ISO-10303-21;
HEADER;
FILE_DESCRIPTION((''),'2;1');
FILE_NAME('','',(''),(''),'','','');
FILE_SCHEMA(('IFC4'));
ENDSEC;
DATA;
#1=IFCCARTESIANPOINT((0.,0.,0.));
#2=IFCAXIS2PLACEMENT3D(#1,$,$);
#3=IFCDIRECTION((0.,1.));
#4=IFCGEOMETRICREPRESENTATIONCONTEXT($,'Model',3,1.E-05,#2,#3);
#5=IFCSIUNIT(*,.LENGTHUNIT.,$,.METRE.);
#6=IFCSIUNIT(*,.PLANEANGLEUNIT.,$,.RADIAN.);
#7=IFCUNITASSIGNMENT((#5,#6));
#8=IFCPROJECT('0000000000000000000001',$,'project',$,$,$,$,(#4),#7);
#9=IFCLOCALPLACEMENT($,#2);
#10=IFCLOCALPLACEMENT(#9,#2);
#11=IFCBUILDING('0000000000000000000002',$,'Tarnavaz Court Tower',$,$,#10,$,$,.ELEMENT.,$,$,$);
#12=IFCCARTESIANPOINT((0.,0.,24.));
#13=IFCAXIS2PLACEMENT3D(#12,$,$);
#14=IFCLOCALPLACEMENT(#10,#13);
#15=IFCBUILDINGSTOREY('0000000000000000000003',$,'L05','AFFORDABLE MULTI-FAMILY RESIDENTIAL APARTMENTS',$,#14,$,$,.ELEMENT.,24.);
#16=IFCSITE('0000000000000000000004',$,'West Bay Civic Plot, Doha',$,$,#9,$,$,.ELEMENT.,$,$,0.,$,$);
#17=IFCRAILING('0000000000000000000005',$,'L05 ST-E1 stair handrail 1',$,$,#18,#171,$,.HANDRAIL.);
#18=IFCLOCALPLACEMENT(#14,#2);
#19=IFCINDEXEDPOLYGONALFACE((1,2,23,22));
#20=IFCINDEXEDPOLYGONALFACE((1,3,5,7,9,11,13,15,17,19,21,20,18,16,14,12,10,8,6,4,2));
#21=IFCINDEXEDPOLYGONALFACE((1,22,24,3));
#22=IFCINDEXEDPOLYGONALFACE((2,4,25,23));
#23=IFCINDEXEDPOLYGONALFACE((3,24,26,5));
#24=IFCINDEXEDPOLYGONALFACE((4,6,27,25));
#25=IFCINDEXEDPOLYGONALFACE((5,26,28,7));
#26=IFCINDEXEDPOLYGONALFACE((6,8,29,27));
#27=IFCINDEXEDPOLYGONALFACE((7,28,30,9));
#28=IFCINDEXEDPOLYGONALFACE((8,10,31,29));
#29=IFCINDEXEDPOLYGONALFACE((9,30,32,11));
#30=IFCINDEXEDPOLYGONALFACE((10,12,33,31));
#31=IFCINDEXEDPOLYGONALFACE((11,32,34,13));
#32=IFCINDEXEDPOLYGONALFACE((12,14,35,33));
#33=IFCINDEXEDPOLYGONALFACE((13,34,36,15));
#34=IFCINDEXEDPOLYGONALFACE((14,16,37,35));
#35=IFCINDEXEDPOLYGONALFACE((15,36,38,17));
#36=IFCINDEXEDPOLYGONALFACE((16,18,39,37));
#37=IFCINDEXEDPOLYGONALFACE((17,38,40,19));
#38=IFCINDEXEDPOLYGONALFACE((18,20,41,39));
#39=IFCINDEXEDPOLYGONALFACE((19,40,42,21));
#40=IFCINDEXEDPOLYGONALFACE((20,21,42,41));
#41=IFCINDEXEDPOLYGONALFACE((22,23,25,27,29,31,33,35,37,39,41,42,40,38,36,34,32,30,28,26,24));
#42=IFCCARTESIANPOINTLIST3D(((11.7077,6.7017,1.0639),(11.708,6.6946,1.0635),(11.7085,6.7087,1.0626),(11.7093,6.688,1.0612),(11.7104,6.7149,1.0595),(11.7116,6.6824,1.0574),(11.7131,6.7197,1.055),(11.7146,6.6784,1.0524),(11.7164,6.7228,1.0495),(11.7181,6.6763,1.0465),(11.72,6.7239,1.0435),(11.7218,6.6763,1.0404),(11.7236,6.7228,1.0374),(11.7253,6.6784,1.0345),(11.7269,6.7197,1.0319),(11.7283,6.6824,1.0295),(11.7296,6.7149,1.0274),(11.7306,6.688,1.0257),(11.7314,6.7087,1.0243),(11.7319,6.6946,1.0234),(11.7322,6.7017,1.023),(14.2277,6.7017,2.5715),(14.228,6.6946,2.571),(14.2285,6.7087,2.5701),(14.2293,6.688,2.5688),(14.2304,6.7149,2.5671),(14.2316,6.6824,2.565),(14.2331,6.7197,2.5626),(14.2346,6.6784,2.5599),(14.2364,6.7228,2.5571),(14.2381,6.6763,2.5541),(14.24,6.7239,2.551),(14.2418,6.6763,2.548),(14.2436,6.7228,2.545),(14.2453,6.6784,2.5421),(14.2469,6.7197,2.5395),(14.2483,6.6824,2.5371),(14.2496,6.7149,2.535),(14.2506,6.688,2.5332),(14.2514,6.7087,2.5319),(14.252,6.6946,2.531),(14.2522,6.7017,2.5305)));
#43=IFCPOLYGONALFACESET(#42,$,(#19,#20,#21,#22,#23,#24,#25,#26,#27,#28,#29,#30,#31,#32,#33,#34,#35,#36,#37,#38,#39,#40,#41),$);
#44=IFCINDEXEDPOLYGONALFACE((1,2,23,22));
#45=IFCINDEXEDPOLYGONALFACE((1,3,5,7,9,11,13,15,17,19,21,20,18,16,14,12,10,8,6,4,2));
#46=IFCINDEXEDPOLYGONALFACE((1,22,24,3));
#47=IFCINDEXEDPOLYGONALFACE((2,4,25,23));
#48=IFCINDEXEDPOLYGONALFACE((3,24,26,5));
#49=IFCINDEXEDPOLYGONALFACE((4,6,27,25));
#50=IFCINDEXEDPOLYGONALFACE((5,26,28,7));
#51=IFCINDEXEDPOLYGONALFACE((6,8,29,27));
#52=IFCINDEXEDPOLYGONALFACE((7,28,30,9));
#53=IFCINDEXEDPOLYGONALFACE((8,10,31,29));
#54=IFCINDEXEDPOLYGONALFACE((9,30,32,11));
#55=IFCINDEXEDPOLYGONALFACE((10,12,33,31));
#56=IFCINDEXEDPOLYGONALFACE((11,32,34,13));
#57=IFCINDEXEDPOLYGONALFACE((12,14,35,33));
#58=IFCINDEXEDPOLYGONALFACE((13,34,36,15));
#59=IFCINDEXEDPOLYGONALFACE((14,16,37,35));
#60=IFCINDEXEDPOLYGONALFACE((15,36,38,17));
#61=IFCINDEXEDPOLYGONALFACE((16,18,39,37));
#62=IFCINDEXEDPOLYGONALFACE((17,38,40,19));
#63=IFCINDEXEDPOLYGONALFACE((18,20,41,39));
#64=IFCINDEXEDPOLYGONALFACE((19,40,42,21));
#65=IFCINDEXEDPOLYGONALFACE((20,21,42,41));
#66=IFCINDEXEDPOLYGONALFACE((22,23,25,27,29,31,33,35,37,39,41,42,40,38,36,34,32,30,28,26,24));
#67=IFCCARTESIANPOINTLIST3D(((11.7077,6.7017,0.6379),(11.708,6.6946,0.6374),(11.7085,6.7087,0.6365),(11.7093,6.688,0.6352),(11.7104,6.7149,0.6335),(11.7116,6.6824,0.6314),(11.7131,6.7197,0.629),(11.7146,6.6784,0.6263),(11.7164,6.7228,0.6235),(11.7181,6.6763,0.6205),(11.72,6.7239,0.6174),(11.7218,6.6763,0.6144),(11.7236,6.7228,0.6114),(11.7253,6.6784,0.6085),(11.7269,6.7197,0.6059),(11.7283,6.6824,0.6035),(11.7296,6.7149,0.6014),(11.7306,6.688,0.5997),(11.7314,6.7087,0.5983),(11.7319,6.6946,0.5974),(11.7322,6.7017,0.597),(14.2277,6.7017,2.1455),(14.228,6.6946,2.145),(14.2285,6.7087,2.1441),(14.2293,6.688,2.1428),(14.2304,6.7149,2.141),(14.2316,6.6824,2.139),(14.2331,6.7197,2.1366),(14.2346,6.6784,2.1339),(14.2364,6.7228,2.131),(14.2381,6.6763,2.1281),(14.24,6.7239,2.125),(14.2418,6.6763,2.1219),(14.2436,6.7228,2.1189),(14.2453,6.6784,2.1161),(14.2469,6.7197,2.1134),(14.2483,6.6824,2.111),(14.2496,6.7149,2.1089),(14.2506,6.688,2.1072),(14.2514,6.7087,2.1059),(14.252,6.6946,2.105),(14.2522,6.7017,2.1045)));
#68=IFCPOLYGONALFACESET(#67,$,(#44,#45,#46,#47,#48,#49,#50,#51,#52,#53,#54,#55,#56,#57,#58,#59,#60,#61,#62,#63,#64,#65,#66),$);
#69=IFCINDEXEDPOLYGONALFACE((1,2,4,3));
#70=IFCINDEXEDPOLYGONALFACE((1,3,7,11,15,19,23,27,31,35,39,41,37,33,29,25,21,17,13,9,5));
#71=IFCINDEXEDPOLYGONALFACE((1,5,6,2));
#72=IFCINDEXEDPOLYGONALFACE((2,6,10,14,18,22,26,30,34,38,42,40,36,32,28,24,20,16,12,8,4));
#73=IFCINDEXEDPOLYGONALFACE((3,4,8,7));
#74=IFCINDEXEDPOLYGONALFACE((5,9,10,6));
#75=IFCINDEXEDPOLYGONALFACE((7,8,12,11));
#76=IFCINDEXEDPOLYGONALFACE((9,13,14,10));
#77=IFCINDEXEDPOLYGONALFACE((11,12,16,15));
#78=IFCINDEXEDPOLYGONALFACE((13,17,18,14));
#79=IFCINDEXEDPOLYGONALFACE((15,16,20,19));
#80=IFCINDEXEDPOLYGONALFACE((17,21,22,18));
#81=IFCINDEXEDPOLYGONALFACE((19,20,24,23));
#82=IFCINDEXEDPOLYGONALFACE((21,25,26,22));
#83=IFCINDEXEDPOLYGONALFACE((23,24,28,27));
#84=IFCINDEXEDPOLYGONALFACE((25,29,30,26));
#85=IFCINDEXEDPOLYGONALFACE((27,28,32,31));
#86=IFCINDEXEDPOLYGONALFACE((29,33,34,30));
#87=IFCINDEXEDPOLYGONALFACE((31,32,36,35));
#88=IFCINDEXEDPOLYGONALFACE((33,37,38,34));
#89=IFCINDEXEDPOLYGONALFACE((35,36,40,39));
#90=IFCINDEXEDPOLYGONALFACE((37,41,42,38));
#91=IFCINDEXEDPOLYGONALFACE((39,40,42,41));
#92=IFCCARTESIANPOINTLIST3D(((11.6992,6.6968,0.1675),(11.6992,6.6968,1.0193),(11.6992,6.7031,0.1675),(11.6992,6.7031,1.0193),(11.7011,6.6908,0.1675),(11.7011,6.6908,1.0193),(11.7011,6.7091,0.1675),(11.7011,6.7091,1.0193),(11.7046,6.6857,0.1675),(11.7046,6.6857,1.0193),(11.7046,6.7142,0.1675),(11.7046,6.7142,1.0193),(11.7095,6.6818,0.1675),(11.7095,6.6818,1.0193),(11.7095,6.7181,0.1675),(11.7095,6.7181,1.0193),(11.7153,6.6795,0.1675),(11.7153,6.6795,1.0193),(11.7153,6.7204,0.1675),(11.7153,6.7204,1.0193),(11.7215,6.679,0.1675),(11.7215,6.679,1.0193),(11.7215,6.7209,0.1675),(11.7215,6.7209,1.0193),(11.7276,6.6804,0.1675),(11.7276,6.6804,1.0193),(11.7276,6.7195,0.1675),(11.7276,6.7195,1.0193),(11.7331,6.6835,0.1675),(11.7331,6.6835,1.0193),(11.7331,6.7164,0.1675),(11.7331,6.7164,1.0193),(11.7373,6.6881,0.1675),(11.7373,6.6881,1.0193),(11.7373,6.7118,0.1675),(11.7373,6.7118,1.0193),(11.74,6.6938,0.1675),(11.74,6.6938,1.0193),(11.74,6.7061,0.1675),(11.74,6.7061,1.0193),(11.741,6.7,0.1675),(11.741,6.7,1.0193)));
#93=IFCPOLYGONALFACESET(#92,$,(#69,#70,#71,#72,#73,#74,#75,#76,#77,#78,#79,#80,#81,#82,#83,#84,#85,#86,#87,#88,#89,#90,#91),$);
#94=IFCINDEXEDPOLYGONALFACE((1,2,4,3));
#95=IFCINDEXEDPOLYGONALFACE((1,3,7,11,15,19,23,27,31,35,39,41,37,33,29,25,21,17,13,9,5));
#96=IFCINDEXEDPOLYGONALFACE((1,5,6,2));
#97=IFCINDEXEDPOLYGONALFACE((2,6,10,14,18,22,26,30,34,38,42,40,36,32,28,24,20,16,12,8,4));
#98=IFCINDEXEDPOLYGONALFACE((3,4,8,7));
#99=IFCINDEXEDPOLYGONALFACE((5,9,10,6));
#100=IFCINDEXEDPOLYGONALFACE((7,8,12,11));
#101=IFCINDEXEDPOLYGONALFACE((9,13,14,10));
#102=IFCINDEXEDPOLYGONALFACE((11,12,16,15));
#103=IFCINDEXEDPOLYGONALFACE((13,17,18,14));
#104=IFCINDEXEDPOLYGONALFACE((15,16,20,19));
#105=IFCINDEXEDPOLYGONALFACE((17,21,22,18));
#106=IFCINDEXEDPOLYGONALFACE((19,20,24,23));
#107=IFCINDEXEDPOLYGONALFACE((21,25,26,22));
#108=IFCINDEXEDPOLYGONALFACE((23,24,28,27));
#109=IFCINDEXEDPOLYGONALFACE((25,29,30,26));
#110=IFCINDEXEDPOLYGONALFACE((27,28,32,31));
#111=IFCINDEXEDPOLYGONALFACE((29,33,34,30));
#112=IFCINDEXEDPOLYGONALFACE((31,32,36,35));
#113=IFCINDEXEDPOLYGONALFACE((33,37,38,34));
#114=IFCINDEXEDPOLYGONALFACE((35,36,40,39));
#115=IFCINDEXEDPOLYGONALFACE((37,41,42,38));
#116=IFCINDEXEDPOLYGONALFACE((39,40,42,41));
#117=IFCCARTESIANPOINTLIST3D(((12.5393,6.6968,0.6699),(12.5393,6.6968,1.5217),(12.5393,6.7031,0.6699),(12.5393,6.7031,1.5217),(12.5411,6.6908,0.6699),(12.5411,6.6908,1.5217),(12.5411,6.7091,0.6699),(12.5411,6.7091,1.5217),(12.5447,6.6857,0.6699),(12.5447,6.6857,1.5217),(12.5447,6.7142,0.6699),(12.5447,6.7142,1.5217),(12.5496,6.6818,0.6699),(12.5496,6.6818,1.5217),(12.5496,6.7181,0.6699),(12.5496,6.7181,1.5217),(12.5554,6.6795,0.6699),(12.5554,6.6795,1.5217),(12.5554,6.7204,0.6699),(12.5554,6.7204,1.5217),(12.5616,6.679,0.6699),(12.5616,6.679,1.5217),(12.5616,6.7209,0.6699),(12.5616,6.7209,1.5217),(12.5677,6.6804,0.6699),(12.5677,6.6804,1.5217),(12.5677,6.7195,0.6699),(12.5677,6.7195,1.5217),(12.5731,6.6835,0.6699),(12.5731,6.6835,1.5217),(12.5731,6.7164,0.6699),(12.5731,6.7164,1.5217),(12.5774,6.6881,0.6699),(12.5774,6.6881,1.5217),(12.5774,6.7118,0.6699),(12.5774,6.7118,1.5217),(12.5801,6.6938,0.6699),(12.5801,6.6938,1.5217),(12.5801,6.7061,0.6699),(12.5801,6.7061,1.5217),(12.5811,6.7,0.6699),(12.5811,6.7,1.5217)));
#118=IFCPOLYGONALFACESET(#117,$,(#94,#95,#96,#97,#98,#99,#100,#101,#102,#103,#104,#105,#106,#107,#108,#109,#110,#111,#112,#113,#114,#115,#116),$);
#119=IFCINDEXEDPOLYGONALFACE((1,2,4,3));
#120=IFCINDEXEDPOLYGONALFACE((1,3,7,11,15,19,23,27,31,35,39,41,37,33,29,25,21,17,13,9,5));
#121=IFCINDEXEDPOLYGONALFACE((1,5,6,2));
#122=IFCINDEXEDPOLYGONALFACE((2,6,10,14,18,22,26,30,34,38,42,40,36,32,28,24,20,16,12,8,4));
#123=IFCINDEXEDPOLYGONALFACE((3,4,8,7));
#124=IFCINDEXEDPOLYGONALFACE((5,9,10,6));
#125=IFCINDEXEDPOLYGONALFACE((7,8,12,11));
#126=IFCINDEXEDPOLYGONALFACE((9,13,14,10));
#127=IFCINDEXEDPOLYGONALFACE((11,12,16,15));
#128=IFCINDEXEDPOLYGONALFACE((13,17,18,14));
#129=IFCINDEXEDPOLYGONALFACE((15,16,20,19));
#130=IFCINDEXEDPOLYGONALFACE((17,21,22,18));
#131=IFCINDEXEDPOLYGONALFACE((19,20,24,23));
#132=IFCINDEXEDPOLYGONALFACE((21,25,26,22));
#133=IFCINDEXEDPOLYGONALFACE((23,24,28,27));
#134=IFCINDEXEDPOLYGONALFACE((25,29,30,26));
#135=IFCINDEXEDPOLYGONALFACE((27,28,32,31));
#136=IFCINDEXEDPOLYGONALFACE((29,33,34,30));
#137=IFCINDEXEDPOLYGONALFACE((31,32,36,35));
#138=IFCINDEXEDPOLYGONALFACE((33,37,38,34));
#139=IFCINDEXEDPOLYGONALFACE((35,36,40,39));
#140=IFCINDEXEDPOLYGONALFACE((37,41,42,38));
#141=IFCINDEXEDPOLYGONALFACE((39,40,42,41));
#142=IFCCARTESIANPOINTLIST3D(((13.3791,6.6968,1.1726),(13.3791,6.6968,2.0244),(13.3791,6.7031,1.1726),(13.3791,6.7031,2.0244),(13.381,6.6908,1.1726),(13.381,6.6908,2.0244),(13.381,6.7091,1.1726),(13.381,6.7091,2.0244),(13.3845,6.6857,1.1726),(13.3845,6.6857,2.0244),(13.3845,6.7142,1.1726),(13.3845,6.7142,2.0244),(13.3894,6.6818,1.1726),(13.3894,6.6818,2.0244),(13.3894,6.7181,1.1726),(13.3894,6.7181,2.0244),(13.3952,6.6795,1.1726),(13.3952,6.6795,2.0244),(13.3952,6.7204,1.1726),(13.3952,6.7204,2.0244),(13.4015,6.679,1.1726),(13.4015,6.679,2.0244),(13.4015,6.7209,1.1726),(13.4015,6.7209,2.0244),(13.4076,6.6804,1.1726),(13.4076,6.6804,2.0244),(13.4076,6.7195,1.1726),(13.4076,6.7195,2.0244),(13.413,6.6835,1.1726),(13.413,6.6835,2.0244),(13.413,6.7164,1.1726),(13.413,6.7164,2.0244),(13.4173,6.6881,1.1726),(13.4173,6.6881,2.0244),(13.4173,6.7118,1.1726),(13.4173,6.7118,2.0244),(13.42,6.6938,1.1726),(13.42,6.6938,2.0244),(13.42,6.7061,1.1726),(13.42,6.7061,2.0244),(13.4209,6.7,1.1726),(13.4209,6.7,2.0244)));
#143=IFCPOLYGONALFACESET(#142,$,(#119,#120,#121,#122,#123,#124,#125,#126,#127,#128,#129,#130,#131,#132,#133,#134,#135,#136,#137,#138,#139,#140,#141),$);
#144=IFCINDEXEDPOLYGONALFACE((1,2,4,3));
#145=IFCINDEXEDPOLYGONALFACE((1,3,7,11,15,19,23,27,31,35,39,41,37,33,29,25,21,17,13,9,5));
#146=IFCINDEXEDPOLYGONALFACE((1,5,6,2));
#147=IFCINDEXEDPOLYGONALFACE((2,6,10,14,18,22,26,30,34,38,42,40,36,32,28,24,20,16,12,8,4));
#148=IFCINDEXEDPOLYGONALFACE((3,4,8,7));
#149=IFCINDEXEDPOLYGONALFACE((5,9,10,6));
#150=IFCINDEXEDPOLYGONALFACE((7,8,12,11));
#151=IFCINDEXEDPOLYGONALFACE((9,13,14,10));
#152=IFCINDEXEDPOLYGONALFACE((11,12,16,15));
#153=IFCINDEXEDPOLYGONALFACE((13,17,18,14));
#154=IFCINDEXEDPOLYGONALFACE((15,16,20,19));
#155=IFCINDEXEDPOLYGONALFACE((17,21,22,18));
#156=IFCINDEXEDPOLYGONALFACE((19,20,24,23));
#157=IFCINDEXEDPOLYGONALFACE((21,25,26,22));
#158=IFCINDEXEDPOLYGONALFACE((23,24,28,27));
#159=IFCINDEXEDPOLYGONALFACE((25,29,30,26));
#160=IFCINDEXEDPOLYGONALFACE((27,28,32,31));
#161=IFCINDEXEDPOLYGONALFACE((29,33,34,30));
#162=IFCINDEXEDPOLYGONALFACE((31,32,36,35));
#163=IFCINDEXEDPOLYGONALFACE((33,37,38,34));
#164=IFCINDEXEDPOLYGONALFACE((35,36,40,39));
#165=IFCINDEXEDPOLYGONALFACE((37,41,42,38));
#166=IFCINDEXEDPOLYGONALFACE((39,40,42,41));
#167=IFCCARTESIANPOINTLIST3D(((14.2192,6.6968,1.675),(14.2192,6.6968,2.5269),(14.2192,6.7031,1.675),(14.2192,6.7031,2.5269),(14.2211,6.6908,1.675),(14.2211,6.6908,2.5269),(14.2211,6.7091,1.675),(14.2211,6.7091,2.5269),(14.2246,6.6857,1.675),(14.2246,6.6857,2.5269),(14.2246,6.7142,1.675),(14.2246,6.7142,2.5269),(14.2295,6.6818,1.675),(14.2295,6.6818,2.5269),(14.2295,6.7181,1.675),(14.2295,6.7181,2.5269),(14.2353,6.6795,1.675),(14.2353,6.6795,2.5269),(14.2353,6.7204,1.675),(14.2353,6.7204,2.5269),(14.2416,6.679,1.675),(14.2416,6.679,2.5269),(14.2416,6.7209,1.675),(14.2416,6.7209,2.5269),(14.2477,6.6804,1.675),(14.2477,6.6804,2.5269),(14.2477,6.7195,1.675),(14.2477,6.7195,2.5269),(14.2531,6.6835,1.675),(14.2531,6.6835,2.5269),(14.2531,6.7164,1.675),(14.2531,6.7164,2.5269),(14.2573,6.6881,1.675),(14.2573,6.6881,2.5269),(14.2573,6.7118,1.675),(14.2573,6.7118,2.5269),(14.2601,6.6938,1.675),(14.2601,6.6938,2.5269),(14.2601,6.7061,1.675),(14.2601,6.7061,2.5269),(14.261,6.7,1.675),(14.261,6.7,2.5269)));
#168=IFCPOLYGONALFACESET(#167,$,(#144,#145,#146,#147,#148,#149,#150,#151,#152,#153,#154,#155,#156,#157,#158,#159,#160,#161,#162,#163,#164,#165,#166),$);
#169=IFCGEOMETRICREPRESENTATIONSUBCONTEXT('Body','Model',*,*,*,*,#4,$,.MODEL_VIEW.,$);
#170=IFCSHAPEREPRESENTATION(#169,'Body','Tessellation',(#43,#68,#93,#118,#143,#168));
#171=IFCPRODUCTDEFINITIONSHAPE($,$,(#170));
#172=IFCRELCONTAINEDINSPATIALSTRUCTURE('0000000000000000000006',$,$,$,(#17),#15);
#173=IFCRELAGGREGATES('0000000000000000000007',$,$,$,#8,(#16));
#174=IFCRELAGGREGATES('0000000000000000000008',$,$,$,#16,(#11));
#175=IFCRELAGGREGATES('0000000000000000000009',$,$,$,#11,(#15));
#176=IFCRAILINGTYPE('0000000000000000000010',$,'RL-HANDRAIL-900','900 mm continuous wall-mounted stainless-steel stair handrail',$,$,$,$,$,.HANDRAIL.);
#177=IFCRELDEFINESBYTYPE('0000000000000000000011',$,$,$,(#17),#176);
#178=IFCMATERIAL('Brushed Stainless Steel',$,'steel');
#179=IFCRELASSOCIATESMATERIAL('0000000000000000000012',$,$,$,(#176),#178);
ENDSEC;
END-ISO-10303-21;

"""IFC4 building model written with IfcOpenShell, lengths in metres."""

from ifc_helpers import new_model, si_unit, direction, frame, origin, origin_2d, place, context, subcontext, project, spatial, circle, extrude, material, type_object, element, save


model = new_model("IFC4")

# Units and contexts
model_context = context("Model", 3, precision=1e-05, world=origin(), true_north=direction((0.0, 1.0)))
body_context = subcontext(model_context, "Body", "Model", "MODEL_VIEW")
ifc_project = project(units=[si_unit("LENGTHUNIT", "METRE"), si_unit("PLANEANGLEUNIT", "RADIAN")], contexts=[model_context])

# Site, building, storey
site_placement = place(None, origin())
site = spatial("IfcSite", under=ifc_project, at=site_placement, Name="West Bay Civic Plot, Doha", CompositionType="ELEMENT", RefElevation=0.0)
building_placement = place(site_placement, origin())
building = spatial("IfcBuilding", under=site, at=building_placement, Name="Tarnavaz Court Tower", CompositionType="ELEMENT")
storey_placement = place(building_placement, frame((0.0, 0.0, 24.0)))
storey = spatial("IfcBuildingStorey", under=building, at=storey_placement, Name="L05", Description="AFFORDABLE MULTI-FAMILY RESIDENTIAL APARTMENTS", CompositionType="ELEMENT", Elevation=24.0)

# Railing
ifc_material_1 = material(Name="Brushed Stainless Steel", Category="steel")
railing_type_1 = type_object("IfcRailingType", Name="RL-HANDRAIL-900", Description="900 mm continuous wall-mounted stainless-steel stair handrail", PredefinedType="HANDRAIL", material=ifc_material_1)
railing_1_placement = place(storey_placement, frame((11.72, 6.7, 0.1675)))
element("IfcRailing", 1, at=railing_1_placement, inside=storey, type_object=railing_type_1, Name="L05 ST-E1 stair handrail 1", PredefinedType="HANDRAIL", context=body_context, shape_type="SweptSolid", body=[
    extrude(circle(Radius=0.0239, at=origin_2d()), frame((0.0, 0.0, 0.876), z_axis=(0.85816, 0.0, 0.513383), x_axis=(0.0, 1.0, 0.0)), (0.0, 0.0, 1.0), 2.9365),
    extrude(circle(Radius=0.0239, at=origin_2d()), frame((0.0, 0.0, 0.45), z_axis=(0.85816, 0.0, 0.513383), x_axis=(0.0, 1.0, 0.0)), (0.0, 0.0, 1.0), 2.9365),
    extrude(circle(Radius=0.021, at=origin_2d()), origin(), (0.0, 0.0, 1.0), 0.8518),
    extrude(circle(Radius=0.021, at=origin_2d()), frame((0.8401, 0.0, 0.5024)), (0.0, 0.0, 1.0), 0.8518),
    extrude(circle(Radius=0.021, at=origin_2d()), frame((1.6799, 0.0, 1.0051)), (0.0, 0.0, 1.0), 0.8518),
    extrude(circle(Radius=0.021, at=origin_2d()), frame((2.52, 0.0, 1.5076)), (0.0, 0.0, 1.0), 0.8518),
])

save(model, "model.ifc")
